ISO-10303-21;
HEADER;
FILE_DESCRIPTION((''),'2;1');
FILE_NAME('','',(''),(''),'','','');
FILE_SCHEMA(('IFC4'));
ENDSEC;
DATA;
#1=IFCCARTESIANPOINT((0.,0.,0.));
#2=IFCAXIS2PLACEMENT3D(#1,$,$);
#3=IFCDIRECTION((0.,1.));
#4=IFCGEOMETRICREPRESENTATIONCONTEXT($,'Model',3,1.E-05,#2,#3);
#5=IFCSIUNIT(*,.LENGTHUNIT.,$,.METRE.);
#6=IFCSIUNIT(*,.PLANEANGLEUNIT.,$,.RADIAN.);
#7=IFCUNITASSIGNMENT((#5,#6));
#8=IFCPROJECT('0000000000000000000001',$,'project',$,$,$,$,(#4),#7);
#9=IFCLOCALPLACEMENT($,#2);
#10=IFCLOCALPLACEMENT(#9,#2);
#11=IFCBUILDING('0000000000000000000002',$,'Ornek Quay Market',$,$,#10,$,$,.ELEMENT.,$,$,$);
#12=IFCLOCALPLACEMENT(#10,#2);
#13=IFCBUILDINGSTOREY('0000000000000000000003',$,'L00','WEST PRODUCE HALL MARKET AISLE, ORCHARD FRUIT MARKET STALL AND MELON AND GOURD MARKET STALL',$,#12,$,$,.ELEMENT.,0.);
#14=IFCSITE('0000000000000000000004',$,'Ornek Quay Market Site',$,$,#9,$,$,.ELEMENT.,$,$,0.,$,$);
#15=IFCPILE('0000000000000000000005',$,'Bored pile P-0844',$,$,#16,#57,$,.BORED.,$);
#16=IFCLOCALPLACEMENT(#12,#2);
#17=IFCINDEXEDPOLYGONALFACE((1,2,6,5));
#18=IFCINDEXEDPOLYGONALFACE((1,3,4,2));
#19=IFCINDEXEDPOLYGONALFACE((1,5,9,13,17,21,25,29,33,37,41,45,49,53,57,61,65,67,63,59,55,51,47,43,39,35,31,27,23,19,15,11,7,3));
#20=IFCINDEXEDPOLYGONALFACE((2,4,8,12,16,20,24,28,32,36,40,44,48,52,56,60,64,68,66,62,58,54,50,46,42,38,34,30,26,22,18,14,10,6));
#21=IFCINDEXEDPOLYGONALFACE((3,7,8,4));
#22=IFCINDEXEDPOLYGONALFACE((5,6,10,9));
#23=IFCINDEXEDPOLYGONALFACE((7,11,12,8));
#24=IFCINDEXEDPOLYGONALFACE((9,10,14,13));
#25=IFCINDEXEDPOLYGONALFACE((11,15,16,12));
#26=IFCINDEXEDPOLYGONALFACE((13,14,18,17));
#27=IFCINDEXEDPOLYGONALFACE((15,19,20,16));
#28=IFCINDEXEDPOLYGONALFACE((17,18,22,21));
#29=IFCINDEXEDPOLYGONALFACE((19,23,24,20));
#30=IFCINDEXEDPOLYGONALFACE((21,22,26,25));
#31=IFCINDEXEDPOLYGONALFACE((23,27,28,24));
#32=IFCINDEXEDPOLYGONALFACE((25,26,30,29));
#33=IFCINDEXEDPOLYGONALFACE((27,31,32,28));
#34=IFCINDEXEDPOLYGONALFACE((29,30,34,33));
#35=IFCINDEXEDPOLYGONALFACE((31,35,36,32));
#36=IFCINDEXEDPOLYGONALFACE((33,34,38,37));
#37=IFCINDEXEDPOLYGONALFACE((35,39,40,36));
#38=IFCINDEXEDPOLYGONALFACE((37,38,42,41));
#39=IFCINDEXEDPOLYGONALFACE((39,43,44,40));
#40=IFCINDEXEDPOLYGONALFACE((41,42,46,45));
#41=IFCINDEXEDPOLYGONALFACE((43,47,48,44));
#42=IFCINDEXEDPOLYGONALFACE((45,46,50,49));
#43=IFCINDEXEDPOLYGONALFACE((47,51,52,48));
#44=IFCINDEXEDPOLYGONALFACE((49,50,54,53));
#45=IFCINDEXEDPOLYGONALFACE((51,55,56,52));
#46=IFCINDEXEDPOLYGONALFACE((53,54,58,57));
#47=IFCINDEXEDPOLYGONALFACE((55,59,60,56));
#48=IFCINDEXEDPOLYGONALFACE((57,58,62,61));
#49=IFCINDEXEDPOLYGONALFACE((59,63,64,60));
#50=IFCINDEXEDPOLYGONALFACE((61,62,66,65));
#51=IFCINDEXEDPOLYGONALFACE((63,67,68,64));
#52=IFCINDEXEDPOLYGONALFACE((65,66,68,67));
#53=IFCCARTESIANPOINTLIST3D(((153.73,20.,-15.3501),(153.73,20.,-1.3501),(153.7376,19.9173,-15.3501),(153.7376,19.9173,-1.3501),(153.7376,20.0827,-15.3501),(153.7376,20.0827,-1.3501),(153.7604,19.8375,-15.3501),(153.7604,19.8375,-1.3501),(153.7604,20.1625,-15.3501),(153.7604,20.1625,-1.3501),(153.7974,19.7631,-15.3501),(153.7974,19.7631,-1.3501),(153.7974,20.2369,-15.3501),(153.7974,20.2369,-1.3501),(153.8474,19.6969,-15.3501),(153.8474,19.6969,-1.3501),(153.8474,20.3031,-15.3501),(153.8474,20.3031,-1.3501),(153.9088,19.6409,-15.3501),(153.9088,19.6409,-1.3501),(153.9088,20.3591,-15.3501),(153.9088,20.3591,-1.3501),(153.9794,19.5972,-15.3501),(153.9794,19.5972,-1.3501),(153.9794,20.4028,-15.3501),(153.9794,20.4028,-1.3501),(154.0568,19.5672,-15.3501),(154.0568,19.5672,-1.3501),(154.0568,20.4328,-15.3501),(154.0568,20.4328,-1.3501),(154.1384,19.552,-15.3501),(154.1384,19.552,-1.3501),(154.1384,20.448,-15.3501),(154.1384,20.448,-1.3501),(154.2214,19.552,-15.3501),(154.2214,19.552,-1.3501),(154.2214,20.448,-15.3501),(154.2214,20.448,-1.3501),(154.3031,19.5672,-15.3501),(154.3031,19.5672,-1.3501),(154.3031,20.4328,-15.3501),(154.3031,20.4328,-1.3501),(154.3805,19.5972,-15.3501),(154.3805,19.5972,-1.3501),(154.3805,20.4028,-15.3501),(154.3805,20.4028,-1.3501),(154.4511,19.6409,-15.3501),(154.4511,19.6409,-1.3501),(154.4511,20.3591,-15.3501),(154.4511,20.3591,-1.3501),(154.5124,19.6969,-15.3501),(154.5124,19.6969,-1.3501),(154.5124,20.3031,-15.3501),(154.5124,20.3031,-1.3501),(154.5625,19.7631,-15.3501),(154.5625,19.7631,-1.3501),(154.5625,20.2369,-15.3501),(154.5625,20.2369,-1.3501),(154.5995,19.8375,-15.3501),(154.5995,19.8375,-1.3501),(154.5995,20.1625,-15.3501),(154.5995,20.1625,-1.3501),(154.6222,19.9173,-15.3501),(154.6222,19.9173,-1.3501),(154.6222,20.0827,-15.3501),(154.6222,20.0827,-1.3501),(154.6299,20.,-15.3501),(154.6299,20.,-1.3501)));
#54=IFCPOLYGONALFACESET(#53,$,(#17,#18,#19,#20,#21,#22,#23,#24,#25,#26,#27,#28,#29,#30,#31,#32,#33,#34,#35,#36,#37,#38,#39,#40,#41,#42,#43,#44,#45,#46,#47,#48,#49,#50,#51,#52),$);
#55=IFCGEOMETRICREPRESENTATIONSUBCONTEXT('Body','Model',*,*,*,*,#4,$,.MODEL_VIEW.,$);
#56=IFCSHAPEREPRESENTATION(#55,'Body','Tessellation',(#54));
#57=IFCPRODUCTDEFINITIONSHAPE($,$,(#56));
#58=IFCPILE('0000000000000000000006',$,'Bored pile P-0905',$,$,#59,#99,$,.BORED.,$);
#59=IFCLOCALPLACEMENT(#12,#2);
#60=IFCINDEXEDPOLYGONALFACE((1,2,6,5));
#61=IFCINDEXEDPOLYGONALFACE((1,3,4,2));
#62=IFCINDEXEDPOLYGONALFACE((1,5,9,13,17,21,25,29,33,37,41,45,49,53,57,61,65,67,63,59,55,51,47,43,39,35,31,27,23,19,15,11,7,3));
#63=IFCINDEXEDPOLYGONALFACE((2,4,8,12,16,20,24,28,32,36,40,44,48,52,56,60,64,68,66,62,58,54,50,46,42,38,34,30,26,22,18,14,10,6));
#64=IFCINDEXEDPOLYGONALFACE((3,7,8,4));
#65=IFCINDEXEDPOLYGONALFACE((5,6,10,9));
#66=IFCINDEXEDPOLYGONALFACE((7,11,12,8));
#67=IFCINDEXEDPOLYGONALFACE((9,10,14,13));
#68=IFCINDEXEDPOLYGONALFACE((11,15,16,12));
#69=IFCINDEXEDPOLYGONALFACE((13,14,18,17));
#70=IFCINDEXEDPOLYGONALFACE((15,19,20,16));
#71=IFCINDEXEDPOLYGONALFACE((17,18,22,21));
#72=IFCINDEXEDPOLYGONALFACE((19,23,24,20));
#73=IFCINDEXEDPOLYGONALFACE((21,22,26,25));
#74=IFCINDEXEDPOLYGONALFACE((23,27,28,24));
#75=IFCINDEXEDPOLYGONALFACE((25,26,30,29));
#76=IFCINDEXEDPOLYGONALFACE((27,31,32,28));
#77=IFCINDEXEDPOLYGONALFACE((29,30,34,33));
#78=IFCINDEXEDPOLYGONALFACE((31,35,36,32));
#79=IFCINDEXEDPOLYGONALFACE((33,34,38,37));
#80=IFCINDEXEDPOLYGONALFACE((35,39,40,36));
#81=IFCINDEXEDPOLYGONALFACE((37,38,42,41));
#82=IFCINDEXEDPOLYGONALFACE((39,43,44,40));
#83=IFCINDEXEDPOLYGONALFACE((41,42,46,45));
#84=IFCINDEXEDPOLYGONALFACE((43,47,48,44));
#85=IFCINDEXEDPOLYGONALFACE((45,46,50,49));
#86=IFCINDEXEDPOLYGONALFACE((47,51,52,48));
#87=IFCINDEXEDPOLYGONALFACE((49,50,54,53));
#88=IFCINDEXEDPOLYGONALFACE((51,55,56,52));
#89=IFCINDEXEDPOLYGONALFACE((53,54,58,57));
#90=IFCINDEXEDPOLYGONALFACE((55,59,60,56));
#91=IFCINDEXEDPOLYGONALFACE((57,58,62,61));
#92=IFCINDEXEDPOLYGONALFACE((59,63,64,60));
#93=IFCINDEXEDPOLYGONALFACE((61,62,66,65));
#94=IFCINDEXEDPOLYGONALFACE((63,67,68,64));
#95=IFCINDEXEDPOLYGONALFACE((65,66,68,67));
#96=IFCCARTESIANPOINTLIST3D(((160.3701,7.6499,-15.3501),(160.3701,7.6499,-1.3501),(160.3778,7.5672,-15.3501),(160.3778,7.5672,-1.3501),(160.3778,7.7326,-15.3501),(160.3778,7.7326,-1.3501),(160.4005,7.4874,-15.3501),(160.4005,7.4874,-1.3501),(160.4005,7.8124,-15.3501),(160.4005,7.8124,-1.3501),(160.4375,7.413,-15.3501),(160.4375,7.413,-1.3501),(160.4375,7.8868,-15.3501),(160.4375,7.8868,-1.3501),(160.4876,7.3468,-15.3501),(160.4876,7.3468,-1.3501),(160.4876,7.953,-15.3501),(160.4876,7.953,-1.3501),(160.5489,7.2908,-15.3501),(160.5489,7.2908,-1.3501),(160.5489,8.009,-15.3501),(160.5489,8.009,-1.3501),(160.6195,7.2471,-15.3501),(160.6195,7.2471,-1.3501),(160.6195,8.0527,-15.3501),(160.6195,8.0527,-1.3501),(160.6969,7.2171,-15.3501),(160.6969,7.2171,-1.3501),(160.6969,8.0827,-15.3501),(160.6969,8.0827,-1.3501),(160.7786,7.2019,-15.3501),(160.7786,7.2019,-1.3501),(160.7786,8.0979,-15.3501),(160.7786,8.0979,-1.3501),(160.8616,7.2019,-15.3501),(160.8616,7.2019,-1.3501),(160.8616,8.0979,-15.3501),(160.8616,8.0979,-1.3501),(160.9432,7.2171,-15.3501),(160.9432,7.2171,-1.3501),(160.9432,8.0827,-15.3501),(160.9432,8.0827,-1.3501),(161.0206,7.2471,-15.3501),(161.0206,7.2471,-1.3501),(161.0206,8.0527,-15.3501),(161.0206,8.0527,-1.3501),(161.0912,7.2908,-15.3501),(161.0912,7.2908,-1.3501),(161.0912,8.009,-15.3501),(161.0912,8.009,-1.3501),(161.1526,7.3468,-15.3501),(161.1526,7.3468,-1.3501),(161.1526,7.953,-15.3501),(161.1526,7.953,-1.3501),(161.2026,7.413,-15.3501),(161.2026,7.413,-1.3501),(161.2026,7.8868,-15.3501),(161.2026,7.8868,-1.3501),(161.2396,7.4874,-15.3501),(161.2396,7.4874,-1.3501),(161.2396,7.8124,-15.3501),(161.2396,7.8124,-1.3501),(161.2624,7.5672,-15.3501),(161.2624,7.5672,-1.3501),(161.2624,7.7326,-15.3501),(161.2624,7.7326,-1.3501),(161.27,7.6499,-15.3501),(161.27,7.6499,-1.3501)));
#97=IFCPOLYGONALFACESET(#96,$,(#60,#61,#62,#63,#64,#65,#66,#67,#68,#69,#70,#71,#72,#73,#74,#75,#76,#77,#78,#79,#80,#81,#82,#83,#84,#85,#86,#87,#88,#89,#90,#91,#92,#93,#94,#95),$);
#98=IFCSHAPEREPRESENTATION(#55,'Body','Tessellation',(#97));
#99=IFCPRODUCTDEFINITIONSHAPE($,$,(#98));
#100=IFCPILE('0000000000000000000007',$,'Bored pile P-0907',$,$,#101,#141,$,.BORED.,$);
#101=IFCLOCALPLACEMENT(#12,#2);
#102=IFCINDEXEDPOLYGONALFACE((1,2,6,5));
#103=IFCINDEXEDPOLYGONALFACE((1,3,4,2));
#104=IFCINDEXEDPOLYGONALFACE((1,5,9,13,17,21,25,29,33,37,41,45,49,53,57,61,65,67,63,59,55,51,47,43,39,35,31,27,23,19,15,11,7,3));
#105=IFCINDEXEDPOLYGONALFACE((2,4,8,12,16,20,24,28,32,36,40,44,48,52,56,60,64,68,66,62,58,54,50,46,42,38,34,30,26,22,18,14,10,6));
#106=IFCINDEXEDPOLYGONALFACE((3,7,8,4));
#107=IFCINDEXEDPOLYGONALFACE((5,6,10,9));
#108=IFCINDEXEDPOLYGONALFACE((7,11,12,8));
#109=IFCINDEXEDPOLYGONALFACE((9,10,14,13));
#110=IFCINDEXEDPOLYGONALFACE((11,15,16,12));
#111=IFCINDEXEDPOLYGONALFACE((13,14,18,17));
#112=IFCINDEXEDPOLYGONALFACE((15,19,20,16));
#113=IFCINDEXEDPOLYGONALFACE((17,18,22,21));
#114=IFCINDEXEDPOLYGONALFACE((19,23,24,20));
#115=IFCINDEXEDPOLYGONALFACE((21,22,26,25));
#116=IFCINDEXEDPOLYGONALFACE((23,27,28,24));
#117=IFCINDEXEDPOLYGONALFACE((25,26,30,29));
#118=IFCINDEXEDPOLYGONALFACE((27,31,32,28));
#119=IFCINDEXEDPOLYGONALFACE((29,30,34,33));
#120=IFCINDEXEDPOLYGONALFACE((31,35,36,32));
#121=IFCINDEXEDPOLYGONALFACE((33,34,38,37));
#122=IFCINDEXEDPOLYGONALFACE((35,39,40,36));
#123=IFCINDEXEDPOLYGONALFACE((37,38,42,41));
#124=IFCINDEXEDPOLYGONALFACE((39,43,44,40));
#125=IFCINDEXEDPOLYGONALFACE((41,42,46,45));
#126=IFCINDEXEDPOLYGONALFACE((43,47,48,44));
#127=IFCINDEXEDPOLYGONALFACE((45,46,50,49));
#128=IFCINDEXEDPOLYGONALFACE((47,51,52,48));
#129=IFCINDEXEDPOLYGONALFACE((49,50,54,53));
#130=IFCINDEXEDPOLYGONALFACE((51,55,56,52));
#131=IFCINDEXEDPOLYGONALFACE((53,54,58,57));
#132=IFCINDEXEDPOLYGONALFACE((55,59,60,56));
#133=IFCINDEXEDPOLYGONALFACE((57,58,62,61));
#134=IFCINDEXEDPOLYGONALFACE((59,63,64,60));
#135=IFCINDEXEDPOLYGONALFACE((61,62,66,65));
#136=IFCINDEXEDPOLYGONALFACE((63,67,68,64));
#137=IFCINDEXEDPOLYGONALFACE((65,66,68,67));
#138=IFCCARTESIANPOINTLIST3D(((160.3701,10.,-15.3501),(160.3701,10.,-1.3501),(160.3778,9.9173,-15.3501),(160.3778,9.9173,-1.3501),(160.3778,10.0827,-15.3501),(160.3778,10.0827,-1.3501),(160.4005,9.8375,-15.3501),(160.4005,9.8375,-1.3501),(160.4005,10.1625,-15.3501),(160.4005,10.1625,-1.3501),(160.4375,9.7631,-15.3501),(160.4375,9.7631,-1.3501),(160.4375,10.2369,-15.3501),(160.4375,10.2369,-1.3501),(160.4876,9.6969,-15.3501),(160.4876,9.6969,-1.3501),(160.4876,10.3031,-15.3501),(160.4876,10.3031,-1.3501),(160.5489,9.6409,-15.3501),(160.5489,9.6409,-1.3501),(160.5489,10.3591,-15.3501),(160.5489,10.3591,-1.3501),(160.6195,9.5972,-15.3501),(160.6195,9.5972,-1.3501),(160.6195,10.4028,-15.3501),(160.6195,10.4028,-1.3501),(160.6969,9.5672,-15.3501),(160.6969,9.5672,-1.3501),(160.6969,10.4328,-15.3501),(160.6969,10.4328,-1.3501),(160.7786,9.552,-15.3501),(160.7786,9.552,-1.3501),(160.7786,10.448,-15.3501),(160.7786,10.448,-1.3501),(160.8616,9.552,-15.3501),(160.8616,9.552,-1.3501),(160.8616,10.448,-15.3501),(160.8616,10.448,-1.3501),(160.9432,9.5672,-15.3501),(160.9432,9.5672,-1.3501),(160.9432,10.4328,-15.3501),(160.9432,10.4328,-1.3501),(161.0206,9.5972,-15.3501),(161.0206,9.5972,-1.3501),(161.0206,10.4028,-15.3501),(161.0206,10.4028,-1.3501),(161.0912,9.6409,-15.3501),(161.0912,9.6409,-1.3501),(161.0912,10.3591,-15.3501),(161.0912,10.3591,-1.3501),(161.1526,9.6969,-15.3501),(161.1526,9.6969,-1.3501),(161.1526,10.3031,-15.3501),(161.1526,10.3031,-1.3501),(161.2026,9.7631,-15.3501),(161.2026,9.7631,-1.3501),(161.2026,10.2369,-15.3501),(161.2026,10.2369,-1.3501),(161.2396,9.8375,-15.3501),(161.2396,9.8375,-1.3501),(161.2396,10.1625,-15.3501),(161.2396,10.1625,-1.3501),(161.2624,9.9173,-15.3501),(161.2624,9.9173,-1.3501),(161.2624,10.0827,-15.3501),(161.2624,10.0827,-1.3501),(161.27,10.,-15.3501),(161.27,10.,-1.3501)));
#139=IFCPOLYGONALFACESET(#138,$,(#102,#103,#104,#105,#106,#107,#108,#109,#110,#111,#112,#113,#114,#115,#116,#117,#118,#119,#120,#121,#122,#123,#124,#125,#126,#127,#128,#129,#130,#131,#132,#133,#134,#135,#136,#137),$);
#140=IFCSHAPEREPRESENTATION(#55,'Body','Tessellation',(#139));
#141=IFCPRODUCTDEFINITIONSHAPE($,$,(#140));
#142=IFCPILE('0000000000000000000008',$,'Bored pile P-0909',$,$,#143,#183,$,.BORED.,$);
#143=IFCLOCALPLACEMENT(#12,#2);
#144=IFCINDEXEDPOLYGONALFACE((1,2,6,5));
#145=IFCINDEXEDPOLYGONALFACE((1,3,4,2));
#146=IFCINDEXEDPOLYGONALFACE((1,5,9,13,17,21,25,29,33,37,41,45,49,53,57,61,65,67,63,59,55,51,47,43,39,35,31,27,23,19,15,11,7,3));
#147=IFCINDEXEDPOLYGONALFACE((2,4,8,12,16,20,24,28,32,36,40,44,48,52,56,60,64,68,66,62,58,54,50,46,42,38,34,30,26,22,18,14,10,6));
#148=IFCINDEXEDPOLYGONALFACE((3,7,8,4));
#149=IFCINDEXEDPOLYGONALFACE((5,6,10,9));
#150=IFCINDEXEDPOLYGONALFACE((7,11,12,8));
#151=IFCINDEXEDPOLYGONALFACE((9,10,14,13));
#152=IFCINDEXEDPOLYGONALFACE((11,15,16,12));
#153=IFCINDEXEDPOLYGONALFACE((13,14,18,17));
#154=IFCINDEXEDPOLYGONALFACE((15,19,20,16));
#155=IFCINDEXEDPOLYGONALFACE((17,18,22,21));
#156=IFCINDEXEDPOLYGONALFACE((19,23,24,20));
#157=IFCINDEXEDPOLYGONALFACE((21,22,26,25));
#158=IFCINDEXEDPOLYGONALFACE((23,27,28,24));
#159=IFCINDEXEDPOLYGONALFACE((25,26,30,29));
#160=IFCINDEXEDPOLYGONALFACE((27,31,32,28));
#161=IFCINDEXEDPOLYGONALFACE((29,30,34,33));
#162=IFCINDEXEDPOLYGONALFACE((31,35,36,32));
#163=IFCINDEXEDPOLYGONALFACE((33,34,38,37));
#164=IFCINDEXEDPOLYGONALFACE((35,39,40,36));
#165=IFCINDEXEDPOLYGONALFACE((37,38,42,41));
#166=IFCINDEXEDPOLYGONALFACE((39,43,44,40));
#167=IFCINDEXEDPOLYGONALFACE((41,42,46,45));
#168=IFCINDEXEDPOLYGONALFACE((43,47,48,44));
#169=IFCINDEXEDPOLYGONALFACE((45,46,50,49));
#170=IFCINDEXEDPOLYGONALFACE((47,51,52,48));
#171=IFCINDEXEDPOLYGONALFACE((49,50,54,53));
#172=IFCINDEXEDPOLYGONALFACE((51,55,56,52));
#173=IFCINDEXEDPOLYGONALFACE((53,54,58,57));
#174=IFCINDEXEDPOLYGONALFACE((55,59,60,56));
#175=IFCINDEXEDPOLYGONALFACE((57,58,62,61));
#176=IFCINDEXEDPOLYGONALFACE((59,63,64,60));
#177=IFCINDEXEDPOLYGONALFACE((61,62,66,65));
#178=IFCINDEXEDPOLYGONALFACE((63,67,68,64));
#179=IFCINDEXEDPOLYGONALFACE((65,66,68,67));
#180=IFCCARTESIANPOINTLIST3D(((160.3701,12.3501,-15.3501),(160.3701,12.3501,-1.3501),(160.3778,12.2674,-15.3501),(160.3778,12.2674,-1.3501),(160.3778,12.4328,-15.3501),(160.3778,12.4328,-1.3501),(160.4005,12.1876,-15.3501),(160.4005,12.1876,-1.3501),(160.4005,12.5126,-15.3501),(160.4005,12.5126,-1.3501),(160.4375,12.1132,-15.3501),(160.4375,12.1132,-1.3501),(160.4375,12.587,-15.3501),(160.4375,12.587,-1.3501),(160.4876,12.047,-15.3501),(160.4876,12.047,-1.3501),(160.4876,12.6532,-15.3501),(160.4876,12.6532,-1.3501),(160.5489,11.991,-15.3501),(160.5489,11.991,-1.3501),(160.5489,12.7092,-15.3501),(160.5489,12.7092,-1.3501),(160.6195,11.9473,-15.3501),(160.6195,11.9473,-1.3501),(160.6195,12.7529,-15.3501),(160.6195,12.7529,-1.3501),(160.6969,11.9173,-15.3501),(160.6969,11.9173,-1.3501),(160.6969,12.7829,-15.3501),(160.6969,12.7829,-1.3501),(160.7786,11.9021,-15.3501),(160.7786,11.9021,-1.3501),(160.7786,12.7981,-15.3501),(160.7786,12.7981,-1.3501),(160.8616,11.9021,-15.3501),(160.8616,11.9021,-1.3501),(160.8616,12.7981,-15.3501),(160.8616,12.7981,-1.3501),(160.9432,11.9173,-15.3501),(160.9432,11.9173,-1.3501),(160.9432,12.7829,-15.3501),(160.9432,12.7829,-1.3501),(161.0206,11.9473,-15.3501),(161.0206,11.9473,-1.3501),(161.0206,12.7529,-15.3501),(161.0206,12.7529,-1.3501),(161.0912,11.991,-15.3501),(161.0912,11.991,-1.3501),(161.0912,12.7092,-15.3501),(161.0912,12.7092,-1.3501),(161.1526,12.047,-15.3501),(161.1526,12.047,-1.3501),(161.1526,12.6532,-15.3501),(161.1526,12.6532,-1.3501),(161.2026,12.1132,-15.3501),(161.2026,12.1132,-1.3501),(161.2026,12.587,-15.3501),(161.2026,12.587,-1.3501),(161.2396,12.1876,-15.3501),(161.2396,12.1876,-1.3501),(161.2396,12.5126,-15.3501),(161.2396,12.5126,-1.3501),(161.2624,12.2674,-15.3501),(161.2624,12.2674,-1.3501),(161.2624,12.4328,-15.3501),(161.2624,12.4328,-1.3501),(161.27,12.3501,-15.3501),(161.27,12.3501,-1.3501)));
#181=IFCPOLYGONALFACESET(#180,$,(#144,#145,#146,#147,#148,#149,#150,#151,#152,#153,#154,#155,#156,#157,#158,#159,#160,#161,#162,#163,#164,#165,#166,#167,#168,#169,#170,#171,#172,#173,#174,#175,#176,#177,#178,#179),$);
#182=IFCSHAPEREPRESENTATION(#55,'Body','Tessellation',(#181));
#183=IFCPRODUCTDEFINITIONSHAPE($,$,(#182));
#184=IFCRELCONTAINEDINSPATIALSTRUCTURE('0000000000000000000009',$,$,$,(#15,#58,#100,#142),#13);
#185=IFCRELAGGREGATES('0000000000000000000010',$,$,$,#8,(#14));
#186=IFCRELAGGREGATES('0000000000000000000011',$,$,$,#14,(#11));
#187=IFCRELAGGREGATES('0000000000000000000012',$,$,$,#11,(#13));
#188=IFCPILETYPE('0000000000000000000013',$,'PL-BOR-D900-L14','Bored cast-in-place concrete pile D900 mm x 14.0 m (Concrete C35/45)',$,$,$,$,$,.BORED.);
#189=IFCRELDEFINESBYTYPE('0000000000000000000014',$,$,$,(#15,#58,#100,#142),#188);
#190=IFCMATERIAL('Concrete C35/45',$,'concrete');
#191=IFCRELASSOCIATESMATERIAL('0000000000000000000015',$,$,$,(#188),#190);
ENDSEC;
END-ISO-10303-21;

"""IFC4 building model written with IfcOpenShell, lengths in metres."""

from ifc_helpers import new_model, si_unit, direction, frame, origin, origin_2d, place, context, subcontext, project, spatial, circle, extrude, material, material_profile, profile_set, type_object, element, save


model = new_model("IFC4")

# Units and contexts
model_context = context("Model", 3, precision=1e-05, world=origin(), true_north=direction((0.0, 1.0)))
body_context = subcontext(model_context, "Body", "Model", "MODEL_VIEW")
ifc_project = project(units=[si_unit("LENGTHUNIT", "METRE"), si_unit("PLANEANGLEUNIT", "RADIAN")], contexts=[model_context])

# Site, building, storey
site_placement = place(None, origin())
site = spatial("IfcSite", under=ifc_project, at=site_placement, Name="Ornek Quay Market Site", CompositionType="ELEMENT", RefElevation=0.0)
building_placement = place(site_placement, origin())
building = spatial("IfcBuilding", under=site, at=building_placement, Name="Ornek Quay Market", CompositionType="ELEMENT")
storey_placement = place(building_placement, origin())
storey = spatial("IfcBuildingStorey", under=building, at=storey_placement, Name="L00", Description="WEST PRODUCE HALL MARKET AISLE, ORCHARD FRUIT MARKET STALL AND MELON AND GOURD MARKET STALL", CompositionType="ELEMENT", Elevation=0.0)

# Piles
ifc_material_1 = material(Name="Concrete C35/45", Category="concrete")
ifc_material_profile_1 = material_profile(ifc_material_1, circle(Radius=0.45, at=origin_2d()), Name="PILE D900", Category="concrete")
ifc_profile_set_1 = profile_set([ifc_material_profile_1], Name="Concrete C35/45")
pile_type = type_object("IfcPileType", Name="PL-BOR-D900-L14", Description="Bored cast-in-place concrete pile D900 mm x 14.0 m (Concrete C35/45)", PredefinedType="BORED", material=ifc_profile_set_1)
for number, where, z_axis, x_axis, name in (
    (1, (154.1799, 20.0, -1.3501), (0.0, 0.0, -1.0), (1.0, 0.0, 0.0), "Bored pile P-0844"),
    (2, (160.8201, 7.6499, -1.3501), (0.0, 0.0, -1.0), (1.0, 0.0, 0.0), "Bored pile P-0905"),
    (3, (160.8201, 10.0, -1.3501), (0.0, 0.0, -1.0), (1.0, 0.0, 0.0), "Bored pile P-0907"),
    (4, (160.8201, 12.3501, -1.3501), (0.0, 0.0, -1.0), (1.0, 0.0, 0.0), "Bored pile P-0909"),
):
    element("IfcPile", number, at=place(storey_placement, frame(where, z_axis=z_axis, x_axis=x_axis)), inside=storey, type_object=pile_type, Name=name, PredefinedType="BORED", context=body_context, shape_type="SweptSolid", body=[
        extrude(circle(Radius=0.45, at=origin_2d()), origin(), (0.0, 0.0, 1.0), 14.0),
    ])

save(model, "model.ifc")
